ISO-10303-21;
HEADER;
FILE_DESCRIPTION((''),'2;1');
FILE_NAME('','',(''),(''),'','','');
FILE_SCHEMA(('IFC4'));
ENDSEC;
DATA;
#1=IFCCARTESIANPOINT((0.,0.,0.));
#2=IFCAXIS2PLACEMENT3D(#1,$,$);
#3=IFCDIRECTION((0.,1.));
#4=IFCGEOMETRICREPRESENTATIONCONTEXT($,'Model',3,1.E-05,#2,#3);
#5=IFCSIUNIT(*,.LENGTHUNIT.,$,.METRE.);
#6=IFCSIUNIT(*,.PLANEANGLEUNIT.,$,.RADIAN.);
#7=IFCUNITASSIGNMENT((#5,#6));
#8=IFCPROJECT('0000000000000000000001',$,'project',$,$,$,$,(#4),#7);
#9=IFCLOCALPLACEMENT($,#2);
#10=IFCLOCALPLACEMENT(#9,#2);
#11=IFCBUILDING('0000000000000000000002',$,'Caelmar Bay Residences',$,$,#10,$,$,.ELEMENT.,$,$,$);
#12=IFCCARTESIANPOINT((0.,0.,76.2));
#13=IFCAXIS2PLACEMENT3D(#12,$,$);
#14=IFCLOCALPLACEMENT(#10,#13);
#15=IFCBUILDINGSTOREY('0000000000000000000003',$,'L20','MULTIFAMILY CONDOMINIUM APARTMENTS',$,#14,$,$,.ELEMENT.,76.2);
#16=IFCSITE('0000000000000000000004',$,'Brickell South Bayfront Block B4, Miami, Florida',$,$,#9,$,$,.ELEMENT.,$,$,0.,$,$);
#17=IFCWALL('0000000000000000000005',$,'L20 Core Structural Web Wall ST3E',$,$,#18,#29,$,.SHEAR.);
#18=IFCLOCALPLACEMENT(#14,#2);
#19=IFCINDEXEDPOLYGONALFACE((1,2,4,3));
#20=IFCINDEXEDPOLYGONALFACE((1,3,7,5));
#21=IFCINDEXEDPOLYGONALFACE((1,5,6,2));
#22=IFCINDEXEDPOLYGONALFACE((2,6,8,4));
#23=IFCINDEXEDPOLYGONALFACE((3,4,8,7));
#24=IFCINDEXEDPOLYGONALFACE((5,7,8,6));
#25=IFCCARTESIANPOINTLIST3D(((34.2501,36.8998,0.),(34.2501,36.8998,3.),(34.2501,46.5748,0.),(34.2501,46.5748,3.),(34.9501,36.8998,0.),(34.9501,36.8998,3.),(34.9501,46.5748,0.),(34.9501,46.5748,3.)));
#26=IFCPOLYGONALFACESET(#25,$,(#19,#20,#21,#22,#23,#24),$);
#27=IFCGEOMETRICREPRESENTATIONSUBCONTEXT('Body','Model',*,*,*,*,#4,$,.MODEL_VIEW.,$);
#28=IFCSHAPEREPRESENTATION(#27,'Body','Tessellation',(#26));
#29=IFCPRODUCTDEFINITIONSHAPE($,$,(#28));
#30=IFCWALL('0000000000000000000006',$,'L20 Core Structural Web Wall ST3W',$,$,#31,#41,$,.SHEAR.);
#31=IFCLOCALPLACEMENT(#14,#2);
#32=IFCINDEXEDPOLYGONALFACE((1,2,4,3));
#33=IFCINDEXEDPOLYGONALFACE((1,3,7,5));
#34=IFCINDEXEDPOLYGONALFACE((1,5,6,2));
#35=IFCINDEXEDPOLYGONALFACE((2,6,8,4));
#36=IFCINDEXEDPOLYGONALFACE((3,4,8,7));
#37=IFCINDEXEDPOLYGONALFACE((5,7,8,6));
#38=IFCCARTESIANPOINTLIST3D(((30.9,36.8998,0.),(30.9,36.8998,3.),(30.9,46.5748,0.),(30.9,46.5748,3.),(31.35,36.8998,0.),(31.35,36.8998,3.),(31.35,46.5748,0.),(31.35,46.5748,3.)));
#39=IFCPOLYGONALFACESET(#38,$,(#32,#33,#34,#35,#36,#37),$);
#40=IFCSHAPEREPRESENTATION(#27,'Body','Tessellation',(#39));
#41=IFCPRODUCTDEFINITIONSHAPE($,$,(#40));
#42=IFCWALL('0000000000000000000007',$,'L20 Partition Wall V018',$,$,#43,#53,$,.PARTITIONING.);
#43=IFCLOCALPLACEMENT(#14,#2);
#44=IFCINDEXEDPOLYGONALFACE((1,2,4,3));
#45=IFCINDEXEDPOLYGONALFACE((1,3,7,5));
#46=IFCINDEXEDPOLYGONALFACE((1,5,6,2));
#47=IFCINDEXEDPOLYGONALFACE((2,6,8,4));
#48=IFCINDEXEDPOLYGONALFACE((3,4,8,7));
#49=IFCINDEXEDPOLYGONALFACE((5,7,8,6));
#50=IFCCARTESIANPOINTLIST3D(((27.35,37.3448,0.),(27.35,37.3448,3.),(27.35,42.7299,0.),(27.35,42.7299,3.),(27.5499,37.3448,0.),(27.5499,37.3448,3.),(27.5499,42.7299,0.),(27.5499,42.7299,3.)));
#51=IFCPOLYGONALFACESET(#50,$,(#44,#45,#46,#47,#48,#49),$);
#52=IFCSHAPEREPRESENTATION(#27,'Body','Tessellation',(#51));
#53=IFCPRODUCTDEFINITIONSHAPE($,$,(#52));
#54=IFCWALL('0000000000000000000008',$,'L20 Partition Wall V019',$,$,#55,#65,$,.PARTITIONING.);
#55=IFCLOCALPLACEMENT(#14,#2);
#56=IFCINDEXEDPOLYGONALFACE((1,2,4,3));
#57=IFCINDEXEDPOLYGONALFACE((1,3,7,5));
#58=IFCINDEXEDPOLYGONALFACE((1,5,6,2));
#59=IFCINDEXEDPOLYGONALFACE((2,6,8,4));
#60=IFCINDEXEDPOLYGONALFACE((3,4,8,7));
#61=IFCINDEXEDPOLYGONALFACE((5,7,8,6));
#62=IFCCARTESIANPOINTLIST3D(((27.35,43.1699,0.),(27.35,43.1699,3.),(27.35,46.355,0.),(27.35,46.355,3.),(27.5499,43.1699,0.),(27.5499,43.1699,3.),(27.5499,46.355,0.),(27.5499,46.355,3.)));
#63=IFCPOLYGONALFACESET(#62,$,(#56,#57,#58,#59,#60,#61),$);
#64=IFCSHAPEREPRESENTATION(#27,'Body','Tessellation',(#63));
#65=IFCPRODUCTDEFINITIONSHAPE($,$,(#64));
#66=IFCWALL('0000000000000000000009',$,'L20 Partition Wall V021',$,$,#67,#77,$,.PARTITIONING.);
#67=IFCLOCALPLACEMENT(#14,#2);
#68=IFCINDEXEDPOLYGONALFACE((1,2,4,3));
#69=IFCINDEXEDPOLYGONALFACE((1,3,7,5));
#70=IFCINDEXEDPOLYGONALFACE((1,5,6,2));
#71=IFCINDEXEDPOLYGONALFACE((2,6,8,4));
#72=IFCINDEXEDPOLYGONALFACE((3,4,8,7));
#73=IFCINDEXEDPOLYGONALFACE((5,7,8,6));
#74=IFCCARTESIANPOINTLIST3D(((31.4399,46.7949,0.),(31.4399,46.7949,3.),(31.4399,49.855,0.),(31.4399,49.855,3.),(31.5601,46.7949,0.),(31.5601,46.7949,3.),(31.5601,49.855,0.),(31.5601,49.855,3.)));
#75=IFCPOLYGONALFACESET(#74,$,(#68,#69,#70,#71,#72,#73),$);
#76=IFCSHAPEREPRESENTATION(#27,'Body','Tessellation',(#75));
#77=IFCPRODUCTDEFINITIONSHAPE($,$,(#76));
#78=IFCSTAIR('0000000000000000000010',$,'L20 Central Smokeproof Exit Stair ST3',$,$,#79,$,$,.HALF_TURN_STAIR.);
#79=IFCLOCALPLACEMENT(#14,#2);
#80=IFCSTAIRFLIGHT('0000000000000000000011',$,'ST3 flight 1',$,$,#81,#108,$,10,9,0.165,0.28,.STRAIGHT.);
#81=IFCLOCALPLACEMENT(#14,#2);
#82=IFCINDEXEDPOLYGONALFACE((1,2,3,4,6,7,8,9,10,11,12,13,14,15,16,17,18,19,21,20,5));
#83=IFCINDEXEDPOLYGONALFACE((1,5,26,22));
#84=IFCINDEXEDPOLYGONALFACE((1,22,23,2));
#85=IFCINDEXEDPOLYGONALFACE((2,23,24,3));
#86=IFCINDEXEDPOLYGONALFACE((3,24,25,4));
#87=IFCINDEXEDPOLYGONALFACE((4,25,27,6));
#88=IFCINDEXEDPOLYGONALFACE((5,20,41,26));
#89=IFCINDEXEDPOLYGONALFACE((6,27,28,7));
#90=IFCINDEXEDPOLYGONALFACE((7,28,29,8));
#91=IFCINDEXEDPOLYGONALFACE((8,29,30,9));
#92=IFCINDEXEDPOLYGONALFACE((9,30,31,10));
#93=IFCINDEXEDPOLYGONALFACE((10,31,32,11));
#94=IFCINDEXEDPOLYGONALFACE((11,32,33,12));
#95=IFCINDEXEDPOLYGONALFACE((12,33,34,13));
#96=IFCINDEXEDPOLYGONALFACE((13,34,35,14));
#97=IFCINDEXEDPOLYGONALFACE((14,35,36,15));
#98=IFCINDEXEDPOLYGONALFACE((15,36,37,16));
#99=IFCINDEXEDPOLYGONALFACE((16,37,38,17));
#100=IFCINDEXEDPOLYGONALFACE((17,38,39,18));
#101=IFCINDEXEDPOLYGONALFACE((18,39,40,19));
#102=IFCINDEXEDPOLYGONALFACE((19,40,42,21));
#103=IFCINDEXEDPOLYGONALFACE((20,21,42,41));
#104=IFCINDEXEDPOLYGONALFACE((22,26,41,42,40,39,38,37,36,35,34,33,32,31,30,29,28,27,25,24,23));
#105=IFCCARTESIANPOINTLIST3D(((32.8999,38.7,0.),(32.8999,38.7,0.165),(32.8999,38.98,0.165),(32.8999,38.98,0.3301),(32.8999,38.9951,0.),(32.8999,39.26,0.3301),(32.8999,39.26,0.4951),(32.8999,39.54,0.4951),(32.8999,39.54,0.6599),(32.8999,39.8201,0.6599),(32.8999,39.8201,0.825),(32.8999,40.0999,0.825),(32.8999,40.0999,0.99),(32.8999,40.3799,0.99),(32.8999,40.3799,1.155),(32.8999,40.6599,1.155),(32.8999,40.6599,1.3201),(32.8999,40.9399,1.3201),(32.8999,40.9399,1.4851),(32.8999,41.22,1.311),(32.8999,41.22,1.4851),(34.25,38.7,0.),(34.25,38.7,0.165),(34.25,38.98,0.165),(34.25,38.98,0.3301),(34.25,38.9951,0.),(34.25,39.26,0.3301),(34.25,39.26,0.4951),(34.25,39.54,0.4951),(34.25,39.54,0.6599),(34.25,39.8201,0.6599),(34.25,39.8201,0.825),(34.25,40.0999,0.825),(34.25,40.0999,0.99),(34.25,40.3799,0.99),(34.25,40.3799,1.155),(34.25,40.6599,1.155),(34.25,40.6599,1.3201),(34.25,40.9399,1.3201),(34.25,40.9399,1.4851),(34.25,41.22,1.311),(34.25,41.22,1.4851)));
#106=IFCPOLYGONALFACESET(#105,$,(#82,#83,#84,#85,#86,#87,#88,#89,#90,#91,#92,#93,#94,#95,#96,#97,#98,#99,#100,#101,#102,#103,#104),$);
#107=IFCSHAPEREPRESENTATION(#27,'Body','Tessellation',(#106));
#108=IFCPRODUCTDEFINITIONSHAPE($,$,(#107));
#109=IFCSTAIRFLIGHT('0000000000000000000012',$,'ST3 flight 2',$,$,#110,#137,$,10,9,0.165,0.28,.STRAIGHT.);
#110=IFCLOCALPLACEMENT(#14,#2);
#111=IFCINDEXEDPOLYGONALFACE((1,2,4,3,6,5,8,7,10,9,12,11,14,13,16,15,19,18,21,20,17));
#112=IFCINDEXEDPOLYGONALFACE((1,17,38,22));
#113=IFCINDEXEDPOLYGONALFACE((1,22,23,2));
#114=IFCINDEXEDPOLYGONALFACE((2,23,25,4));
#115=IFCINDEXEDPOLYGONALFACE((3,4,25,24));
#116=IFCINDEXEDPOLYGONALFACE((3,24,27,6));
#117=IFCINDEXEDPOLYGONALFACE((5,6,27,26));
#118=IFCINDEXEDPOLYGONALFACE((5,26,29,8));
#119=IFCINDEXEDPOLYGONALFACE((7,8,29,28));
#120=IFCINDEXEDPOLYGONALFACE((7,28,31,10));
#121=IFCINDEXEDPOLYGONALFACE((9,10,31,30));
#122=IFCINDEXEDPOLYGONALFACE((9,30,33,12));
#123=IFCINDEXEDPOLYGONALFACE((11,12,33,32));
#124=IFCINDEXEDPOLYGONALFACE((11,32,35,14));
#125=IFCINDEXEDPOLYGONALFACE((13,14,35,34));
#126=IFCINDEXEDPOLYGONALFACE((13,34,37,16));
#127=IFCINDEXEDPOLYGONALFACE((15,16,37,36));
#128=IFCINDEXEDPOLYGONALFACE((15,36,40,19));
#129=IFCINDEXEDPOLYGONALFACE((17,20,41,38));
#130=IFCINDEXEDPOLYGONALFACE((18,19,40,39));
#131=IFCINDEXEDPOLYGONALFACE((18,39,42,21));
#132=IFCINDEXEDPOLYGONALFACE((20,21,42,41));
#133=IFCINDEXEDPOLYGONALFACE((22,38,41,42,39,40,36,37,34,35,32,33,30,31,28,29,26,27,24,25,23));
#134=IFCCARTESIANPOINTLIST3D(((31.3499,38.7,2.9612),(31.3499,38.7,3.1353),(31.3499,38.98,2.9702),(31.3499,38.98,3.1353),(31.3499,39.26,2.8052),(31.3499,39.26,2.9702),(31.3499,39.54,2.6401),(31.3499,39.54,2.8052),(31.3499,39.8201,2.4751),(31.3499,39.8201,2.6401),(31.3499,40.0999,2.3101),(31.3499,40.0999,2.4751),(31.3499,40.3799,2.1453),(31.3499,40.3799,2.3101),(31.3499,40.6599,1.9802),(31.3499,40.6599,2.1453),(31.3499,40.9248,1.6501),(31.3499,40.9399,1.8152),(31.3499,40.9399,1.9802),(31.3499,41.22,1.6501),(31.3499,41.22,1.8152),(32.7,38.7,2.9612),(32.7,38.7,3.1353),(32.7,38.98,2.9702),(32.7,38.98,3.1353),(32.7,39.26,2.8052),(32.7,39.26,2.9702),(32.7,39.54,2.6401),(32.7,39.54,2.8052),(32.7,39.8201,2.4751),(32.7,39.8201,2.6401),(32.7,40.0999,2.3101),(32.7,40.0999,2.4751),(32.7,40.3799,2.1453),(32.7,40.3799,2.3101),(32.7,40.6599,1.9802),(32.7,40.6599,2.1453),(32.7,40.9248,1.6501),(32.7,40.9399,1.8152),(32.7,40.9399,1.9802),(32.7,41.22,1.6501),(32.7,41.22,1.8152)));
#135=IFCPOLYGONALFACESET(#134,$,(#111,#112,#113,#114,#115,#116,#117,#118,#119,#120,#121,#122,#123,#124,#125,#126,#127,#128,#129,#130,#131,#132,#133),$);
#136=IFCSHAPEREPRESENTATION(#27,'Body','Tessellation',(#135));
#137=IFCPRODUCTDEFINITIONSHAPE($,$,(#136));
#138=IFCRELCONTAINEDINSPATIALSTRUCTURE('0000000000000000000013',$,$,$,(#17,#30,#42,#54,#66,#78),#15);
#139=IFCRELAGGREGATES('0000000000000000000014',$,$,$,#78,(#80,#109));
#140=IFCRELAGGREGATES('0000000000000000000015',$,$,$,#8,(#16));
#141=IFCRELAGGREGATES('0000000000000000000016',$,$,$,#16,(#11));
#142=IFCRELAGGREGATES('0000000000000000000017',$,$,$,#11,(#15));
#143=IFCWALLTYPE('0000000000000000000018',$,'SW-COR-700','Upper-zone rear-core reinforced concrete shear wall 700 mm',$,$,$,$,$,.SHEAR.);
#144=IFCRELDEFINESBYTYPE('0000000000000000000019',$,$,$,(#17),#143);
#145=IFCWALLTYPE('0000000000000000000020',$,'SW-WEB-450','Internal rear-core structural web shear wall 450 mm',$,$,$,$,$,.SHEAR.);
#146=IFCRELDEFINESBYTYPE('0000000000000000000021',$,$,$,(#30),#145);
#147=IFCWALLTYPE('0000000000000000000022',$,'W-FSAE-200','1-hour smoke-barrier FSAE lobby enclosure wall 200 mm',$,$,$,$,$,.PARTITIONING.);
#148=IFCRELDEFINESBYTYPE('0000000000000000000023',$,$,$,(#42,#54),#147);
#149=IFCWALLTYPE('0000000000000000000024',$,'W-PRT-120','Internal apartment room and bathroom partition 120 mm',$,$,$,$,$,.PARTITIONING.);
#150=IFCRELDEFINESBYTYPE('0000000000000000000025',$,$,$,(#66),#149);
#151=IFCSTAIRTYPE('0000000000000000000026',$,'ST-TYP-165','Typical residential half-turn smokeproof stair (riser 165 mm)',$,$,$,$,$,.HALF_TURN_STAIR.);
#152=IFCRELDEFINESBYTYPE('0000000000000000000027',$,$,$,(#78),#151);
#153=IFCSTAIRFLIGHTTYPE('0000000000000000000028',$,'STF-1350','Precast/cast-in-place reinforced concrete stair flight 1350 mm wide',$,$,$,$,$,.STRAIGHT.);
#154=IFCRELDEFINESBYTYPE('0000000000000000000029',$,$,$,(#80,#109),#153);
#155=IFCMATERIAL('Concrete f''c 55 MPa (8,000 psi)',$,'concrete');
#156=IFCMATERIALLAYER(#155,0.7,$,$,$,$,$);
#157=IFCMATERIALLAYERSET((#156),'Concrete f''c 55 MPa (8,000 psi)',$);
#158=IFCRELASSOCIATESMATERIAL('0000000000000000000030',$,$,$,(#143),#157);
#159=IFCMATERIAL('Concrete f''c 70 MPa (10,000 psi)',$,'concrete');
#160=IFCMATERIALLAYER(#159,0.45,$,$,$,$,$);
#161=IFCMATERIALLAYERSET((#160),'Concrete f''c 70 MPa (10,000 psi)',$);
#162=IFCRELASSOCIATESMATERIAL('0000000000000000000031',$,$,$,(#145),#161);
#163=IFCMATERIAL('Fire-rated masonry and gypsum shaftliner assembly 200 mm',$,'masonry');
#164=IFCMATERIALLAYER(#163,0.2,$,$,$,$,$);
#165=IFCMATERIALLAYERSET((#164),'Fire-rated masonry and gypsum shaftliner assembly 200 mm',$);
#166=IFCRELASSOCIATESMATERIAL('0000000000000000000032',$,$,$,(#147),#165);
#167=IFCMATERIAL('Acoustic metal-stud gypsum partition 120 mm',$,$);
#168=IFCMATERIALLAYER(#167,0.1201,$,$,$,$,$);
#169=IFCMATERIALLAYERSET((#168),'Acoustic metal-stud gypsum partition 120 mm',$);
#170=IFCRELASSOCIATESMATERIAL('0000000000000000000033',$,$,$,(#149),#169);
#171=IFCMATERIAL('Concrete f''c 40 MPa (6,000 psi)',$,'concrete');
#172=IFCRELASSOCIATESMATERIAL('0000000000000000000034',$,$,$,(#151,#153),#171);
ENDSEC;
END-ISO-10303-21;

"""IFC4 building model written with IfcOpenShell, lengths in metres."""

from ifc_helpers import new_model, si_unit, direction, frame, frame_2d, origin, place, context, subcontext, project, spatial, polyline, rectangle, outline, extrude, material, layer, layer_set, type_object, element, aggregate, save


model = new_model("IFC4")

# Units and contexts
model_context = context("Model", 3, precision=1e-05, world=origin(), true_north=direction((0.0, 1.0)))
body_context = subcontext(model_context, "Body", "Model", "MODEL_VIEW")
ifc_project = project(units=[si_unit("LENGTHUNIT", "METRE"), si_unit("PLANEANGLEUNIT", "RADIAN")], contexts=[model_context])

# Site, building, storey
site_placement = place(None, origin())
site = spatial("IfcSite", under=ifc_project, at=site_placement, Name="Brickell South Bayfront Block B4, Miami, Florida", CompositionType="ELEMENT", RefElevation=0.0)
building_placement = place(site_placement, origin())
building = spatial("IfcBuilding", under=site, at=building_placement, Name="Caelmar Bay Residences", CompositionType="ELEMENT")
storey_placement = place(building_placement, frame((0.0, 0.0, 76.2)))
storey = spatial("IfcBuildingStorey", under=building, at=storey_placement, Name="L20", Description="MULTIFAMILY CONDOMINIUM APARTMENTS", CompositionType="ELEMENT", Elevation=76.2)

# Walls
ifc_material_1 = material(Name="Concrete f'c 55 MPa (8,000 psi)", Category="concrete")
ifc_layer_1 = layer(ifc_material_1, 0.7)
ifc_layer_set_1 = layer_set([ifc_layer_1], Name="Concrete f'c 55 MPa (8,000 psi)")
wall_type_1 = type_object("IfcWallType", Name="SW-COR-700", Description="Upper-zone rear-core reinforced concrete shear wall 700 mm", PredefinedType="SHEAR", material=ifc_layer_set_1)
wall_1_placement = place(storey_placement, frame((34.6001, 36.8999, 0.0), z_axis=(0.0, 0.0, 1.0), x_axis=(0.0, 1.0, 0.0)))
element("IfcWall", 1, at=wall_1_placement, inside=storey, type_object=wall_type_1, Name="L20 Core Structural Web Wall ST3E", PredefinedType="SHEAR", context=body_context, shape_type="SweptSolid", body=[
    extrude(rectangle(XDim=9.675, YDim=0.7, at=frame_2d((4.8374, 0.0))), origin(), (0.0, 0.0, 1.0), 3.0),
])
ifc_material_2 = material(Name="Concrete f'c 70 MPa (10,000 psi)", Category="concrete")
ifc_layer_2 = layer(ifc_material_2, 0.45)
ifc_layer_set_2 = layer_set([ifc_layer_2], Name="Concrete f'c 70 MPa (10,000 psi)")
wall_type_2 = type_object("IfcWallType", Name="SW-WEB-450", Description="Internal rear-core structural web shear wall 450 mm", PredefinedType="SHEAR", material=ifc_layer_set_2)
wall_2_placement = place(storey_placement, frame((31.125, 36.8999, 0.0), z_axis=(0.0, 0.0, 1.0), x_axis=(0.0, 1.0, 0.0)))
element("IfcWall", 2, at=wall_2_placement, inside=storey, type_object=wall_type_2, Name="L20 Core Structural Web Wall ST3W", PredefinedType="SHEAR", context=body_context, shape_type="SweptSolid", body=[
    extrude(rectangle(XDim=9.675, YDim=0.45, at=frame_2d((4.8374, 0.0))), origin(), (0.0, 0.0, 1.0), 3.0),
])
ifc_material_3 = material(Name="Fire-rated masonry and gypsum shaftliner assembly 200 mm", Category="masonry")
ifc_layer_3 = layer(ifc_material_3, 0.2)
ifc_layer_set_3 = layer_set([ifc_layer_3], Name="Fire-rated masonry and gypsum shaftliner assembly 200 mm")
wall_type_3 = type_object("IfcWallType", Name="W-FSAE-200", Description="1-hour smoke-barrier FSAE lobby enclosure wall 200 mm", PredefinedType="PARTITIONING", material=ifc_layer_set_3)
wall_3_placement = place(storey_placement, frame((27.45, 37.345, 0.0), z_axis=(0.0, 0.0, 1.0), x_axis=(0.0, 1.0, 0.0)))
element("IfcWall", 3, at=wall_3_placement, inside=storey, type_object=wall_type_3, Name="L20 Partition Wall V018", PredefinedType="PARTITIONING", context=body_context, shape_type="SweptSolid", body=[
    extrude(rectangle(XDim=5.385, YDim=0.2, at=frame_2d((2.6924, 0.0))), origin(), (0.0, 0.0, 1.0), 3.0),
])
wall_4_placement = place(storey_placement, frame((27.45, 43.1699, 0.0), z_axis=(0.0, 0.0, 1.0), x_axis=(0.0, 1.0, 0.0)))
element("IfcWall", 4, at=wall_4_placement, inside=storey, type_object=wall_type_3, Name="L20 Partition Wall V019", PredefinedType="PARTITIONING", context=body_context, shape_type="SweptSolid", body=[
    extrude(rectangle(XDim=3.1851, YDim=0.2, at=frame_2d((1.5925, 0.0))), origin(), (0.0, 0.0, 1.0), 3.0),
])
ifc_material_4 = material(Name="Acoustic metal-stud gypsum partition 120 mm")
ifc_layer_4 = layer(ifc_material_4, 0.1201)
ifc_layer_set_4 = layer_set([ifc_layer_4], Name="Acoustic metal-stud gypsum partition 120 mm")
wall_type_4 = type_object("IfcWallType", Name="W-PRT-120", Description="Internal apartment room and bathroom partition 120 mm", PredefinedType="PARTITIONING", material=ifc_layer_set_4)
wall_5_placement = place(storey_placement, frame((31.5, 46.7949, 0.0), z_axis=(0.0, 0.0, 1.0), x_axis=(0.0, 1.0, 0.0)))
element("IfcWall", 5, at=wall_5_placement, inside=storey, type_object=wall_type_4, Name="L20 Partition Wall V021", PredefinedType="PARTITIONING", context=body_context, shape_type="SweptSolid", body=[
    extrude(rectangle(XDim=3.0601, YDim=0.1201, at=frame_2d((1.53, 0.0))), origin(), (0.0, 0.0, 1.0), 3.0),
])

# Stair, stair flights
ifc_material_5 = material(Name="Concrete f'c 40 MPa (6,000 psi)", Category="concrete")
stair_type = type_object("IfcStairType", Name="ST-TYP-165", Description="Typical residential half-turn smokeproof stair (riser 165 mm)", PredefinedType="HALF_TURN_STAIR", material=ifc_material_5)
stair_placement = place(storey_placement, origin())
stair = element("IfcStair", 6, at=stair_placement, inside=storey, type_object=stair_type, Name="L20 Central Smokeproof Exit Stair ST3", PredefinedType="HALF_TURN_STAIR")
stair_flight_type = type_object("IfcStairFlightType", Name="STF-1350", Description="Precast/cast-in-place reinforced concrete stair flight 1350 mm wide", PredefinedType="STRAIGHT", material=ifc_material_5)
stair_flight_1_placement = place(storey_placement, frame((33.575, 38.7, 0.0), z_axis=(0.0, 0.0, 1.0), x_axis=(0.0, 1.0, 0.0)))
stair_flight_1 = element("IfcStairFlight", 7, at=stair_flight_1_placement, type_object=stair_flight_type, Name="ST3 flight 1", NumberOfRisers=10, NumberOfTreads=9, PredefinedType="STRAIGHT", RiserHeight=0.165, TreadLength=0.28, context=body_context, shape_type="SweptSolid", body=[
    extrude(outline(polyline([(0.0, 0.0), (0.0, 0.165), (0.28, 0.165), (0.28, 0.3301), (0.5601, 0.3301), (0.5601, 0.4951), (0.8401, 0.4951), (0.8401, 0.6599), (1.1201, 0.6599), (1.1201, 0.825), (1.3999, 0.825), (1.3999, 0.99), (1.6799, 0.99), (1.6799, 1.155), (1.96, 1.155), (1.96, 1.3201), (2.24, 1.3201), (2.24, 1.4851), (2.52, 1.4851), (2.52, 1.6499), (2.52, 1.311), (0.2952, 0.0), (0.0, 0.0)])), frame((0.0, 0.675, 0.0), z_axis=(0.0, -1.0, 0.0), x_axis=(1.0, 0.0, 0.0)), (0.0, 0.0, 1.0), 1.3501),
])
stair_flight_2_placement = place(storey_placement, frame((32.0249, 41.22, 1.6501), z_axis=(0.0, 0.0, 1.0), x_axis=(0.0, -1.0, 0.0)))
stair_flight_2 = element("IfcStairFlight", 8, at=stair_flight_2_placement, type_object=stair_flight_type, Name="ST3 flight 2", NumberOfRisers=10, NumberOfTreads=9, PredefinedType="STRAIGHT", RiserHeight=0.165, TreadLength=0.28, context=body_context, shape_type="SweptSolid", body=[
    extrude(outline(polyline([(0.0, 0.0), (0.0, 0.165), (0.28, 0.165), (0.28, 0.3301), (0.5601, 0.3301), (0.5601, 0.4951), (0.8401, 0.4951), (0.8401, 0.6599), (1.1201, 0.6599), (1.1201, 0.825), (1.3999, 0.825), (1.3999, 0.99), (1.6799, 0.99), (1.6799, 1.155), (1.96, 1.155), (1.96, 1.3201), (2.24, 1.3201), (2.24, 1.4851), (2.52, 1.4851), (2.52, 1.6499), (2.52, 1.311), (0.2952, 0.0), (0.0, 0.0)])), frame((0.0, 0.675, 0.0), z_axis=(0.0, -1.0, 0.0), x_axis=(1.0, 0.0, 0.0)), (0.0, 0.0, 1.0), 1.3501),
])
aggregate(stair, [stair_flight_1, stair_flight_2])

save(model, "model.ifc")
